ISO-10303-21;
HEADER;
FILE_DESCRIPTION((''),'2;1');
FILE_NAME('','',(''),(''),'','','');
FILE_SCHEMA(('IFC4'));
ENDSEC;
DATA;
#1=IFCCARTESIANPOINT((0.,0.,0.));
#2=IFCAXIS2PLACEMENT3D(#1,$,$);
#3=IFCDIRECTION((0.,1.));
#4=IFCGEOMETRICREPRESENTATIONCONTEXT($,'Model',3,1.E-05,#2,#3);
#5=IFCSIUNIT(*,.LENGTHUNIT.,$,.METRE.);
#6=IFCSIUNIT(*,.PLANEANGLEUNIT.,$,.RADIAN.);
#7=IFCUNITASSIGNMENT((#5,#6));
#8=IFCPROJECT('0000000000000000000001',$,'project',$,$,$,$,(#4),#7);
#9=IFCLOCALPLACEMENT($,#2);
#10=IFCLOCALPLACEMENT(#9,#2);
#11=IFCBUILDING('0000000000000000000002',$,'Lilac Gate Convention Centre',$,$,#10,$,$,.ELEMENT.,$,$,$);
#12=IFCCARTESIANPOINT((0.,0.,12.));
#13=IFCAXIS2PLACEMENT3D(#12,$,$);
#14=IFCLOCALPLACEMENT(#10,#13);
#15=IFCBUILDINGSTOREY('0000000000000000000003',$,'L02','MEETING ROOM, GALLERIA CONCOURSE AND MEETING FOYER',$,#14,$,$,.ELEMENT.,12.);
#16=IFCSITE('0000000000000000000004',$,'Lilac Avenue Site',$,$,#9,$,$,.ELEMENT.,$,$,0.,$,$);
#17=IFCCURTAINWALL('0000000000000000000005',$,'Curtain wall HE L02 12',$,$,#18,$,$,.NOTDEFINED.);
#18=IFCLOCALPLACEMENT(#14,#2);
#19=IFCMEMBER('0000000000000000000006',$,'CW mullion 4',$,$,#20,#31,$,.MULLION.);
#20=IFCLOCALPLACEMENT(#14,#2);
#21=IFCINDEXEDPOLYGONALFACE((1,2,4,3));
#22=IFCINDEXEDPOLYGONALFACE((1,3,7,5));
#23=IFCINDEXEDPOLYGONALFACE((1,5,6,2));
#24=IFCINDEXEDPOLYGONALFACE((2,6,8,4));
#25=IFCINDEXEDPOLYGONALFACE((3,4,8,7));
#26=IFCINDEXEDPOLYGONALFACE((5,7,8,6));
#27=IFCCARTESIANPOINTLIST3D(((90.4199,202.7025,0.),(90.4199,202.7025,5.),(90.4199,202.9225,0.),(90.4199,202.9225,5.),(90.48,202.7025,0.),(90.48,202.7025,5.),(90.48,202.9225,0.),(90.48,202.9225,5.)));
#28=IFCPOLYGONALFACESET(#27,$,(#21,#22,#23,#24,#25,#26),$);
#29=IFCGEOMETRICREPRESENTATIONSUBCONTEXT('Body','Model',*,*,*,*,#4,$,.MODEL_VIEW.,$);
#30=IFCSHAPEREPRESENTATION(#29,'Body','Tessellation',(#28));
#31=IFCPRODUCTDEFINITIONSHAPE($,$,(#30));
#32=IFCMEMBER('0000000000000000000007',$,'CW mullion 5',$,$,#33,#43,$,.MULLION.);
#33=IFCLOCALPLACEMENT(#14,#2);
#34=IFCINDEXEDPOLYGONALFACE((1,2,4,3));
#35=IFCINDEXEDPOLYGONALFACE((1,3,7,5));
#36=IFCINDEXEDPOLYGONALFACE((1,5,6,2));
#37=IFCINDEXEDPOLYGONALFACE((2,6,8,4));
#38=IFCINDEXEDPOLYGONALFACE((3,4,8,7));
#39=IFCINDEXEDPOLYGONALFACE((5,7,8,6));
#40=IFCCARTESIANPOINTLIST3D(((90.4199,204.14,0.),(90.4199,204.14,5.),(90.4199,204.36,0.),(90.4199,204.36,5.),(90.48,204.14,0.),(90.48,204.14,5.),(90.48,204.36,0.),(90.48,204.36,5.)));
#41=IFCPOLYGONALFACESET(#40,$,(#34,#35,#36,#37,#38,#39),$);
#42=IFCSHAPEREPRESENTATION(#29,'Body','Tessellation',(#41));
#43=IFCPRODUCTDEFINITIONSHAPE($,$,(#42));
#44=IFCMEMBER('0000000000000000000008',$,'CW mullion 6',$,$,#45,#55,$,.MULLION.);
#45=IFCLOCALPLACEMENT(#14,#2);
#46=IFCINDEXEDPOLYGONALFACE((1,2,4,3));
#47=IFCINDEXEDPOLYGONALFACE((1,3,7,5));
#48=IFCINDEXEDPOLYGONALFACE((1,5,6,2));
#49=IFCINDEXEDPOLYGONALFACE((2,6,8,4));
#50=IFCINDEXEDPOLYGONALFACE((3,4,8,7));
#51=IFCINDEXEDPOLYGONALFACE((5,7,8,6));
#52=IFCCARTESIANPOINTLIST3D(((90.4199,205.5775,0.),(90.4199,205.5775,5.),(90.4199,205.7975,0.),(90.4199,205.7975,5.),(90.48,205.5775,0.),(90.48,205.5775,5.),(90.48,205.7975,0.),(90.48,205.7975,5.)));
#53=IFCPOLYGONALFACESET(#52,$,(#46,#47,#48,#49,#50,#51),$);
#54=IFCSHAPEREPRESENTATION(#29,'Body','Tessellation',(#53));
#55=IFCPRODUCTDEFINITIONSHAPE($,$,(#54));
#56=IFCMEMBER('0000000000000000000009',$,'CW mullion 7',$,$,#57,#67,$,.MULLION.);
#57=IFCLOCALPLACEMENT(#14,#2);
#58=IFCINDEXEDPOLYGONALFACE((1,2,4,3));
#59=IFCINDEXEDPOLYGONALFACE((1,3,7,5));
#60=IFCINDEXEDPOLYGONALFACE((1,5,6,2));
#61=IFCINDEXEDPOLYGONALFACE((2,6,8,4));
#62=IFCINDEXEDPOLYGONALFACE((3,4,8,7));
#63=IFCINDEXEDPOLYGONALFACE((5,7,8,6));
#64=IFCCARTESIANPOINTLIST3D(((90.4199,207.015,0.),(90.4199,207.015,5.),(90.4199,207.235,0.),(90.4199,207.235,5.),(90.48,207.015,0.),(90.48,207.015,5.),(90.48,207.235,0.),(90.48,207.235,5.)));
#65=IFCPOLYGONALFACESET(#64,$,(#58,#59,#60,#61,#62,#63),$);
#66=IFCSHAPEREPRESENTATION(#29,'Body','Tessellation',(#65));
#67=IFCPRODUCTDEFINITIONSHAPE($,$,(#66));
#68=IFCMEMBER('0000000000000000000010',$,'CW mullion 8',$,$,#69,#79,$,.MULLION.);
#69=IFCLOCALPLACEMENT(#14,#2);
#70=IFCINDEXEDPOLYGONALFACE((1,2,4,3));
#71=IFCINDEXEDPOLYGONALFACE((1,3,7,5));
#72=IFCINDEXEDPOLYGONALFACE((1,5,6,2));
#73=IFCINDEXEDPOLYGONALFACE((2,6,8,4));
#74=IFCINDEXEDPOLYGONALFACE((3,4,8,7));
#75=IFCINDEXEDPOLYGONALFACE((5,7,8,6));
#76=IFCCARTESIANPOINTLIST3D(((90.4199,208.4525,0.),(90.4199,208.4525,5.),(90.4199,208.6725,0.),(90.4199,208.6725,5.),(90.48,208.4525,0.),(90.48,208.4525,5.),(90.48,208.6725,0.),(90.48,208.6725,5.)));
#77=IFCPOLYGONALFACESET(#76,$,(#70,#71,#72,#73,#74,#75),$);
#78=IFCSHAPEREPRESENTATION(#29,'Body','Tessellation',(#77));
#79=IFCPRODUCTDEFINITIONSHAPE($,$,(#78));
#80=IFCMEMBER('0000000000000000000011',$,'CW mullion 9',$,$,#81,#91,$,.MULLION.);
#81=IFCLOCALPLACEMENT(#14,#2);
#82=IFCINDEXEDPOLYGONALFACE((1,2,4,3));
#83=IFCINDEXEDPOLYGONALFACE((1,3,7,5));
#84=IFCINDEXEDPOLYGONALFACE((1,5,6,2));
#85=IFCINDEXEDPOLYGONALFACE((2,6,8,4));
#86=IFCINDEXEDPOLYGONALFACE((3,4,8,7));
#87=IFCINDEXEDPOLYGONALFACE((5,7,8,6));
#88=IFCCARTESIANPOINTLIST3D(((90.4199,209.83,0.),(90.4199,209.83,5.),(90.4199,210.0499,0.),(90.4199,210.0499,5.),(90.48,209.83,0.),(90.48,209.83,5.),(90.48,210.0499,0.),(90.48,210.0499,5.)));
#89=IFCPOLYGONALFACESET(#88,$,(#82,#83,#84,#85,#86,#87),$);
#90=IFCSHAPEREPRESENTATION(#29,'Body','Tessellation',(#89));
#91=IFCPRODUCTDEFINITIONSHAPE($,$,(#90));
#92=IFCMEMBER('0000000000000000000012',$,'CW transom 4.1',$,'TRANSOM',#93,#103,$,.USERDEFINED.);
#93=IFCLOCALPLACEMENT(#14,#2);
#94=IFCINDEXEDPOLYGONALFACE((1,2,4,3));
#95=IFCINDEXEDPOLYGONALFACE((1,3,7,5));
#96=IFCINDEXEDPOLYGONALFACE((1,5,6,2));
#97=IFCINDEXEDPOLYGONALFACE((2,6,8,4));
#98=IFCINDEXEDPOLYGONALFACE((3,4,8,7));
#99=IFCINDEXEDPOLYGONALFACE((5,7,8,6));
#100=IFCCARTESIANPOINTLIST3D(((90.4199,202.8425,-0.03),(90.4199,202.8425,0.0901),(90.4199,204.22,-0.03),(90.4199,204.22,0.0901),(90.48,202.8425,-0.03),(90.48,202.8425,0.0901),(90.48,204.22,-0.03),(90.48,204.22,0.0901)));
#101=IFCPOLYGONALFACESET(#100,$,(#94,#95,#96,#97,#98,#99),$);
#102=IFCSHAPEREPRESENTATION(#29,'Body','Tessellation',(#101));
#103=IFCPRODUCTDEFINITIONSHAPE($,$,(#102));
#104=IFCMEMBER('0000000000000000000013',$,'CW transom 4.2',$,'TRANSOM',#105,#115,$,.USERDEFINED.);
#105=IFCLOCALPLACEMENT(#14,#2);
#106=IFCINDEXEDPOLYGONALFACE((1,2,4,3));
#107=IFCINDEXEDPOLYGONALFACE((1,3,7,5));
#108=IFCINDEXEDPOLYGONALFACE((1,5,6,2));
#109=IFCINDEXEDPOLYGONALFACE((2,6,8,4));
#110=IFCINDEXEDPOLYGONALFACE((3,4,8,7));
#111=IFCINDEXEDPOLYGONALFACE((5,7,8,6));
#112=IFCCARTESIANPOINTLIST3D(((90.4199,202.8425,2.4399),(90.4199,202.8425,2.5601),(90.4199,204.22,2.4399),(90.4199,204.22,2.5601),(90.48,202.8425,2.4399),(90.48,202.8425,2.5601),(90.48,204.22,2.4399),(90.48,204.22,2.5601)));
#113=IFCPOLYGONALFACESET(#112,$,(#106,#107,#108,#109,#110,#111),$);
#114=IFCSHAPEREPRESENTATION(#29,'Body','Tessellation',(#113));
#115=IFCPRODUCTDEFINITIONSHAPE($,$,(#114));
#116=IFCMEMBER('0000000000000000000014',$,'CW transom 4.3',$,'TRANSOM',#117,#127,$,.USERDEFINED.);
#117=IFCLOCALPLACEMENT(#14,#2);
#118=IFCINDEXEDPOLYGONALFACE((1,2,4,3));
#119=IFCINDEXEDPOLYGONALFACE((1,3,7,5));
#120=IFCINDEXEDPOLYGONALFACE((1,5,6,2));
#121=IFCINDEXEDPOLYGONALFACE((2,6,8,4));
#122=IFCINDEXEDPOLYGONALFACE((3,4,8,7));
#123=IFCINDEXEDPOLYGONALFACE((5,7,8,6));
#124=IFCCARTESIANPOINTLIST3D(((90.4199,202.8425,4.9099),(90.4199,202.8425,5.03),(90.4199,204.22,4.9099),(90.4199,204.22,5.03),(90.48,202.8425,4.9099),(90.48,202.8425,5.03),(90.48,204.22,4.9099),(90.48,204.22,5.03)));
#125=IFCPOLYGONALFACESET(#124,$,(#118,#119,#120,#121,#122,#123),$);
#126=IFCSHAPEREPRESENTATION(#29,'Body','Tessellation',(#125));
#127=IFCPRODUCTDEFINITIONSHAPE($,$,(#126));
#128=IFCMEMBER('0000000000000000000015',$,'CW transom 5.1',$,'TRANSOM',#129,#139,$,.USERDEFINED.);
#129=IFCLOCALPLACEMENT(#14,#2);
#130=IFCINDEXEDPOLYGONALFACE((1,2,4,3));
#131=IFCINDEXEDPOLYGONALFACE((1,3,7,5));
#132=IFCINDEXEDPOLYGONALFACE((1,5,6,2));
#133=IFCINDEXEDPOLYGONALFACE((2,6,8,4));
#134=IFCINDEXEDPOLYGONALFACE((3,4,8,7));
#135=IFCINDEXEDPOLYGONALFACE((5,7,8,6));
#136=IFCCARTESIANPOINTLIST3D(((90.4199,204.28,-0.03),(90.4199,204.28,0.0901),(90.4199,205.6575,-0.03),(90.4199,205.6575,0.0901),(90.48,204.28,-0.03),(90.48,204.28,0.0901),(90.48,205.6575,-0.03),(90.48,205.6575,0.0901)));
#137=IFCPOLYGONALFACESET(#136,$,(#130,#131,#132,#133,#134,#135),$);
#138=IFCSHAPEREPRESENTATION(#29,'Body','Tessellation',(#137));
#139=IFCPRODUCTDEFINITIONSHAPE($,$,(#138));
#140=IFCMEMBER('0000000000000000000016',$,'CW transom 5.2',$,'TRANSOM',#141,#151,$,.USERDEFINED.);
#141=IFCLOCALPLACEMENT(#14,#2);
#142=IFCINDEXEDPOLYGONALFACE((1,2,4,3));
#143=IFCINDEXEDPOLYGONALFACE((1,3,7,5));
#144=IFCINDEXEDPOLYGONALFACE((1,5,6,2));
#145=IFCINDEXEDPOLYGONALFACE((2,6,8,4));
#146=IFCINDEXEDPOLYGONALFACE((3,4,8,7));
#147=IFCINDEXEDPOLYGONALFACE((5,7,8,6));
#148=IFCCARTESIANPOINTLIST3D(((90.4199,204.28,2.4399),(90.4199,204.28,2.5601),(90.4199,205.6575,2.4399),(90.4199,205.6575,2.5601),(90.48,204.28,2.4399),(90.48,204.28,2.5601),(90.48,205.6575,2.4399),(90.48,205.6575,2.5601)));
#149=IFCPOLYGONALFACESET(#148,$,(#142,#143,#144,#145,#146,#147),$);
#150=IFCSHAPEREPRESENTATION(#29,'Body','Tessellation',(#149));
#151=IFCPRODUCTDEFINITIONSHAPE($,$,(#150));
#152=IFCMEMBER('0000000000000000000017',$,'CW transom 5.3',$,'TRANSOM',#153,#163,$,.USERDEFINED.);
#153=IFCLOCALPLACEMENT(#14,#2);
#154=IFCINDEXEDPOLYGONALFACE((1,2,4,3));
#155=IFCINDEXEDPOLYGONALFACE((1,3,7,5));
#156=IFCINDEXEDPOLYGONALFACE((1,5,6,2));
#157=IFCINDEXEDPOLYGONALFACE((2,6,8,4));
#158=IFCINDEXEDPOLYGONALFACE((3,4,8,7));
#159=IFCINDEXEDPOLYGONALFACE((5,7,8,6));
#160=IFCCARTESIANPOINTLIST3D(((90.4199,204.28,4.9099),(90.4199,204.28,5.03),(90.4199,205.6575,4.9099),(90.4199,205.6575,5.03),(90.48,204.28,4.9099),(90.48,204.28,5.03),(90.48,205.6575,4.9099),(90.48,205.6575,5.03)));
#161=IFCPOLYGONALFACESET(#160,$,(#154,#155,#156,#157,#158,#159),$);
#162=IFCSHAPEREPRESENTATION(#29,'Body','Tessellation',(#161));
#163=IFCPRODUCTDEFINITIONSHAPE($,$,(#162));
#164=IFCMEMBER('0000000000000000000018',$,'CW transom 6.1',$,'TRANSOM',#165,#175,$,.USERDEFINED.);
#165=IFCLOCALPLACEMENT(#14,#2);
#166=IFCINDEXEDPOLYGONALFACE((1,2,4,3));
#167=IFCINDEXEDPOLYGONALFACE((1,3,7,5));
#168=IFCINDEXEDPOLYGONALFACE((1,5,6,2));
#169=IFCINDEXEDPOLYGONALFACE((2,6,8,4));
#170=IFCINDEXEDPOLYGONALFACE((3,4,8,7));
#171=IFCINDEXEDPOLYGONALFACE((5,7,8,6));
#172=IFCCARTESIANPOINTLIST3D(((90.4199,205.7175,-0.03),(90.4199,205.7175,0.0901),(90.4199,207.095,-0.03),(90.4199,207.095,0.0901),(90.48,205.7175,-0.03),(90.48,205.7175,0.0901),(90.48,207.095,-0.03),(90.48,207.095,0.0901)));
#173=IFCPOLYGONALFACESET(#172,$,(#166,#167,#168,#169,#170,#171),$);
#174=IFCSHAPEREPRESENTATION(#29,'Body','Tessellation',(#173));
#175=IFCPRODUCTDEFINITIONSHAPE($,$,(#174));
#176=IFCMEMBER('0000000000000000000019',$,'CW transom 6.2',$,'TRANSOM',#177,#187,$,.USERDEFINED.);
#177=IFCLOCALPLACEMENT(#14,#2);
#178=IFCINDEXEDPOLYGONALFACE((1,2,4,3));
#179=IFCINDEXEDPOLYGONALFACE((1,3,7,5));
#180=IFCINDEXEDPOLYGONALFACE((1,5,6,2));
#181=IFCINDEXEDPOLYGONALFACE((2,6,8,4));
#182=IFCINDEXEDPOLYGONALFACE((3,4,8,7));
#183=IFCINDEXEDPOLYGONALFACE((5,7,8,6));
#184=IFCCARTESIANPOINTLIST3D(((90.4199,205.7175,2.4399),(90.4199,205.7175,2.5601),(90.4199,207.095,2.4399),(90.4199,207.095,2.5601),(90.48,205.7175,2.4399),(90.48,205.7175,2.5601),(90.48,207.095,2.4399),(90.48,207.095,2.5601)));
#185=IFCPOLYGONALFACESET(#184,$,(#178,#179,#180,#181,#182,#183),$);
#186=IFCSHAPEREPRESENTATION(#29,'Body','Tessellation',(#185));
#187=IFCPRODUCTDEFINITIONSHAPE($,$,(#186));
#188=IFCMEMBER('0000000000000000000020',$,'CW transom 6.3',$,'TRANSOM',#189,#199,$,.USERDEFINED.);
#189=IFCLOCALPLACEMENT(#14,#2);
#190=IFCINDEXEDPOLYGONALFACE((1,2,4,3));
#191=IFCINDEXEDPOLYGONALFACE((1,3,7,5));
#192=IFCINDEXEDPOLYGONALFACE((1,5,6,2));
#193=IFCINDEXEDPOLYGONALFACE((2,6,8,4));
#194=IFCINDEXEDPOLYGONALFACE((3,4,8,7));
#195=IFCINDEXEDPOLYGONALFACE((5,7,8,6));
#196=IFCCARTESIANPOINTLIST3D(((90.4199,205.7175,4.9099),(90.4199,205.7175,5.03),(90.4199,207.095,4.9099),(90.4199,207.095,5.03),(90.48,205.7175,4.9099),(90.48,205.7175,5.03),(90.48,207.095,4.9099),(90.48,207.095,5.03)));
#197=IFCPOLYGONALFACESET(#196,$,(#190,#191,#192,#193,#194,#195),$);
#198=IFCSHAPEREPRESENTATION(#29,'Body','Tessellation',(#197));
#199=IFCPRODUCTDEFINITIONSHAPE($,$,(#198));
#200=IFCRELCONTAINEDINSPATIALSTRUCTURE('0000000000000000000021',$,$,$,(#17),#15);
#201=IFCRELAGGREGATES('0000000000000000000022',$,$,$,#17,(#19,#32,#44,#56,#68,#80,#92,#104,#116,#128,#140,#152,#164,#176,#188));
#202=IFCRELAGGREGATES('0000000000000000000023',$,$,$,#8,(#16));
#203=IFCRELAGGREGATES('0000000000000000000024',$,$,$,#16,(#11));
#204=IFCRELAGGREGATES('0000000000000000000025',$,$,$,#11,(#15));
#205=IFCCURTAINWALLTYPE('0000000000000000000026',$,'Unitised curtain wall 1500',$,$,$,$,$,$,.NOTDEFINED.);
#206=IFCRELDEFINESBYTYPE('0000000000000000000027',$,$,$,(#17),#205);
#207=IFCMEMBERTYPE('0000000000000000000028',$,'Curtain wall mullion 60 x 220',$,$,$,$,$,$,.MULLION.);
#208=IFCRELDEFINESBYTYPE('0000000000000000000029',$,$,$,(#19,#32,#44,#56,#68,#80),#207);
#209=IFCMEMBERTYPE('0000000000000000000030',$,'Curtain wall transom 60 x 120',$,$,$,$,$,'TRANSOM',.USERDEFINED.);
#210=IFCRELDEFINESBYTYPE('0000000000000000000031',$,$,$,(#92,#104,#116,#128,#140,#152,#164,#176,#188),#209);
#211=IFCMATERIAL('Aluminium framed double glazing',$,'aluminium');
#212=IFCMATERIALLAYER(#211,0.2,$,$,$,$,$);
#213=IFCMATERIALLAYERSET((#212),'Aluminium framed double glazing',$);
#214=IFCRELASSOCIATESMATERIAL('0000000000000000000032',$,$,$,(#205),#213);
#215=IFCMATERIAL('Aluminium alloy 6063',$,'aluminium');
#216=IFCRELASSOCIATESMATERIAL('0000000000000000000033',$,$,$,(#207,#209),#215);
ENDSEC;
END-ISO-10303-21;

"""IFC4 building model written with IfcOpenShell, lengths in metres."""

from ifc_helpers import new_model, si_unit, direction, frame, origin, origin_2d, place, context, subcontext, project, spatial, rectangle, extrude, material, layer, layer_set, material_profile, profile_set, type_object, element, aggregate, save


model = new_model("IFC4")

# Units and contexts
model_context = context("Model", 3, precision=1e-05, world=origin(), true_north=direction((0.0, 1.0)))
body_context = subcontext(model_context, "Body", "Model", "MODEL_VIEW")
ifc_project = project(units=[si_unit("LENGTHUNIT", "METRE"), si_unit("PLANEANGLEUNIT", "RADIAN")], contexts=[model_context])

# Site, building, storey
site_placement = place(None, origin())
site = spatial("IfcSite", under=ifc_project, at=site_placement, Name="Lilac Avenue Site", CompositionType="ELEMENT", RefElevation=0.0)
building_placement = place(site_placement, origin())
building = spatial("IfcBuilding", under=site, at=building_placement, Name="Lilac Gate Convention Centre", CompositionType="ELEMENT")
storey_placement = place(building_placement, frame((0.0, 0.0, 12.0)))
storey = spatial("IfcBuildingStorey", under=building, at=storey_placement, Name="L02", Description="MEETING ROOM, GALLERIA CONCOURSE AND MEETING FOYER", CompositionType="ELEMENT", Elevation=12.0)

# Curtain wall, members
ifc_material_1 = material(Name="Aluminium framed double glazing", Category="aluminium")
ifc_layer_1 = layer(ifc_material_1, 0.2)
ifc_layer_set_1 = layer_set([ifc_layer_1], Name="Aluminium framed double glazing")
curtain_wall_type = type_object("IfcCurtainWallType", Name="Unitised curtain wall 1500", PredefinedType="NOTDEFINED", material=ifc_layer_set_1)
curtain_wall_placement = place(storey_placement, origin())
curtain_wall = element("IfcCurtainWall", 1, at=curtain_wall_placement, inside=storey, type_object=curtain_wall_type, Name="Curtain wall HE L02 12", PredefinedType="NOTDEFINED")
ifc_material_2 = material(Name="Aluminium alloy 6063", Category="aluminium")
ifc_material_profile_1 = material_profile(ifc_material_2, rectangle(XDim=0.0601, YDim=0.22, at=origin_2d()), Name="Curtain wall mullion 60 x 220")
ifc_profile_set_1 = profile_set([ifc_material_profile_1], Name="Aluminium alloy 6063")
member_type_1 = type_object("IfcMemberType", Name="Curtain wall mullion 60 x 220", PredefinedType="MULLION", material=ifc_profile_set_1)
member_1_placement = place(storey_placement, frame((90.45, 202.8125, 0.0), z_axis=(0.0, 0.0, 1.0), x_axis=(-1.0, 0.0, 0.0)))
member_1 = element("IfcMember", 2, at=member_1_placement, type_object=member_type_1, Name="CW mullion 4", PredefinedType="MULLION", context=body_context, shape_type="SweptSolid", body=[
    extrude(rectangle(XDim=0.0601, YDim=0.22, at=origin_2d()), origin(), (0.0, 0.0, 1.0), 5.0),
])
member_2_placement = place(storey_placement, frame((90.45, 204.25, 0.0), z_axis=(0.0, 0.0, 1.0), x_axis=(-1.0, 0.0, 0.0)))
member_2 = element("IfcMember", 3, at=member_2_placement, type_object=member_type_1, Name="CW mullion 5", PredefinedType="MULLION", context=body_context, shape_type="SweptSolid", body=[
    extrude(rectangle(XDim=0.0601, YDim=0.22, at=origin_2d()), origin(), (0.0, 0.0, 1.0), 5.0),
])
member_3_placement = place(storey_placement, frame((90.45, 205.6875, 0.0), z_axis=(0.0, 0.0, 1.0), x_axis=(-1.0, 0.0, 0.0)))
member_3 = element("IfcMember", 4, at=member_3_placement, type_object=member_type_1, Name="CW mullion 6", PredefinedType="MULLION", context=body_context, shape_type="SweptSolid", body=[
    extrude(rectangle(XDim=0.0601, YDim=0.22, at=origin_2d()), origin(), (0.0, 0.0, 1.0), 5.0),
])
member_4_placement = place(storey_placement, frame((90.45, 207.125, 0.0), z_axis=(0.0, 0.0, 1.0), x_axis=(-1.0, 0.0, 0.0)))
member_4 = element("IfcMember", 5, at=member_4_placement, type_object=member_type_1, Name="CW mullion 7", PredefinedType="MULLION", context=body_context, shape_type="SweptSolid", body=[
    extrude(rectangle(XDim=0.0601, YDim=0.22, at=origin_2d()), origin(), (0.0, 0.0, 1.0), 5.0),
])
member_5_placement = place(storey_placement, frame((90.45, 208.5625, 0.0), z_axis=(0.0, 0.0, 1.0), x_axis=(-1.0, 0.0, 0.0)))
member_5 = element("IfcMember", 6, at=member_5_placement, type_object=member_type_1, Name="CW mullion 8", PredefinedType="MULLION", context=body_context, shape_type="SweptSolid", body=[
    extrude(rectangle(XDim=0.0601, YDim=0.22, at=origin_2d()), origin(), (0.0, 0.0, 1.0), 5.0),
])
member_6_placement = place(storey_placement, frame((90.45, 209.9399, 0.0), z_axis=(0.0, 0.0, 1.0), x_axis=(-1.0, 0.0, 0.0)))
member_6 = element("IfcMember", 7, at=member_6_placement, type_object=member_type_1, Name="CW mullion 9", PredefinedType="MULLION", context=body_context, shape_type="SweptSolid", body=[
    extrude(rectangle(XDim=0.0601, YDim=0.22, at=origin_2d()), origin(), (0.0, 0.0, 1.0), 5.0),
])
ifc_material_profile_2 = material_profile(ifc_material_2, rectangle(XDim=0.0601, YDim=0.1201, at=origin_2d()), Name="Curtain wall transom 60 x 120")
ifc_profile_set_2 = profile_set([ifc_material_profile_2], Name="Aluminium alloy 6063")
member_type_2 = type_object("IfcMemberType", Name="Curtain wall transom 60 x 120", ElementType="TRANSOM", PredefinedType="USERDEFINED", material=ifc_profile_set_2)
member_7_placement = place(storey_placement, frame((90.45, 202.8425, 0.03), z_axis=(0.0, 1.0, 0.0), x_axis=(-1.0, 0.0, 0.0)))
member_7 = element("IfcMember", 8, at=member_7_placement, type_object=member_type_2, Name="CW transom 4.1", ObjectType="TRANSOM", PredefinedType="USERDEFINED", context=body_context, shape_type="SweptSolid", body=[
    extrude(rectangle(XDim=0.0601, YDim=0.1201, at=origin_2d()), origin(), (0.0, 0.0, 1.0), 1.3774),
])
member_8_placement = place(storey_placement, frame((90.45, 202.8425, 2.5), z_axis=(0.0, 1.0, 0.0), x_axis=(-1.0, 0.0, 0.0)))
member_8 = element("IfcMember", 9, at=member_8_placement, type_object=member_type_2, Name="CW transom 4.2", ObjectType="TRANSOM", PredefinedType="USERDEFINED", context=body_context, shape_type="SweptSolid", body=[
    extrude(rectangle(XDim=0.0601, YDim=0.1201, at=origin_2d()), origin(), (0.0, 0.0, 1.0), 1.3774),
])
member_9_placement = place(storey_placement, frame((90.45, 202.8425, 4.97), z_axis=(0.0, 1.0, 0.0), x_axis=(-1.0, 0.0, 0.0)))
member_9 = element("IfcMember", 10, at=member_9_placement, type_object=member_type_2, Name="CW transom 4.3", ObjectType="TRANSOM", PredefinedType="USERDEFINED", context=body_context, shape_type="SweptSolid", body=[
    extrude(rectangle(XDim=0.0601, YDim=0.1201, at=origin_2d()), origin(), (0.0, 0.0, 1.0), 1.3774),
])
member_10_placement = place(storey_placement, frame((90.45, 204.28, 0.03), z_axis=(0.0, 1.0, 0.0), x_axis=(-1.0, 0.0, 0.0)))
member_10 = element("IfcMember", 11, at=member_10_placement, type_object=member_type_2, Name="CW transom 5.1", ObjectType="TRANSOM", PredefinedType="USERDEFINED", context=body_context, shape_type="SweptSolid", body=[
    extrude(rectangle(XDim=0.0601, YDim=0.1201, at=origin_2d()), origin(), (0.0, 0.0, 1.0), 1.3774),
])
member_11_placement = place(storey_placement, frame((90.45, 204.28, 2.5), z_axis=(0.0, 1.0, 0.0), x_axis=(-1.0, 0.0, 0.0)))
member_11 = element("IfcMember", 12, at=member_11_placement, type_object=member_type_2, Name="CW transom 5.2", ObjectType="TRANSOM", PredefinedType="USERDEFINED", context=body_context, shape_type="SweptSolid", body=[
    extrude(rectangle(XDim=0.0601, YDim=0.1201, at=origin_2d()), origin(), (0.0, 0.0, 1.0), 1.3774),
])
member_12_placement = place(storey_placement, frame((90.45, 204.28, 4.97), z_axis=(0.0, 1.0, 0.0), x_axis=(-1.0, 0.0, 0.0)))
member_12 = element("IfcMember", 13, at=member_12_placement, type_object=member_type_2, Name="CW transom 5.3", ObjectType="TRANSOM", PredefinedType="USERDEFINED", context=body_context, shape_type="SweptSolid", body=[
    extrude(rectangle(XDim=0.0601, YDim=0.1201, at=origin_2d()), origin(), (0.0, 0.0, 1.0), 1.3774),
])
member_13_placement = place(storey_placement, frame((90.45, 205.7175, 0.03), z_axis=(0.0, 1.0, 0.0), x_axis=(-1.0, 0.0, 0.0)))
member_13 = element("IfcMember", 14, at=member_13_placement, type_object=member_type_2, Name="CW transom 6.1", ObjectType="TRANSOM", PredefinedType="USERDEFINED", context=body_context, shape_type="SweptSolid", body=[
    extrude(rectangle(XDim=0.0601, YDim=0.1201, at=origin_2d()), origin(), (0.0, 0.0, 1.0), 1.3774),
])
member_14_placement = place(storey_placement, frame((90.45, 205.7175, 2.5), z_axis=(0.0, 1.0, 0.0), x_axis=(-1.0, 0.0, 0.0)))
member_14 = element("IfcMember", 15, at=member_14_placement, type_object=member_type_2, Name="CW transom 6.2", ObjectType="TRANSOM", PredefinedType="USERDEFINED", context=body_context, shape_type="SweptSolid", body=[
    extrude(rectangle(XDim=0.0601, YDim=0.1201, at=origin_2d()), origin(), (0.0, 0.0, 1.0), 1.3774),
])
member_15_placement = place(storey_placement, frame((90.45, 205.7175, 4.97), z_axis=(0.0, 1.0, 0.0), x_axis=(-1.0, 0.0, 0.0)))
member_15 = element("IfcMember", 16, at=member_15_placement, type_object=member_type_2, Name="CW transom 6.3", ObjectType="TRANSOM", PredefinedType="USERDEFINED", context=body_context, shape_type="SweptSolid", body=[
    extrude(rectangle(XDim=0.0601, YDim=0.1201, at=origin_2d()), origin(), (0.0, 0.0, 1.0), 1.3774),
])

aggregate(curtain_wall, [member_1, member_2, member_3, member_4, member_5, member_6, member_7, member_8, member_9, member_10, member_11, member_12, member_13, member_14, member_15])

save(model, "model.ifc")
